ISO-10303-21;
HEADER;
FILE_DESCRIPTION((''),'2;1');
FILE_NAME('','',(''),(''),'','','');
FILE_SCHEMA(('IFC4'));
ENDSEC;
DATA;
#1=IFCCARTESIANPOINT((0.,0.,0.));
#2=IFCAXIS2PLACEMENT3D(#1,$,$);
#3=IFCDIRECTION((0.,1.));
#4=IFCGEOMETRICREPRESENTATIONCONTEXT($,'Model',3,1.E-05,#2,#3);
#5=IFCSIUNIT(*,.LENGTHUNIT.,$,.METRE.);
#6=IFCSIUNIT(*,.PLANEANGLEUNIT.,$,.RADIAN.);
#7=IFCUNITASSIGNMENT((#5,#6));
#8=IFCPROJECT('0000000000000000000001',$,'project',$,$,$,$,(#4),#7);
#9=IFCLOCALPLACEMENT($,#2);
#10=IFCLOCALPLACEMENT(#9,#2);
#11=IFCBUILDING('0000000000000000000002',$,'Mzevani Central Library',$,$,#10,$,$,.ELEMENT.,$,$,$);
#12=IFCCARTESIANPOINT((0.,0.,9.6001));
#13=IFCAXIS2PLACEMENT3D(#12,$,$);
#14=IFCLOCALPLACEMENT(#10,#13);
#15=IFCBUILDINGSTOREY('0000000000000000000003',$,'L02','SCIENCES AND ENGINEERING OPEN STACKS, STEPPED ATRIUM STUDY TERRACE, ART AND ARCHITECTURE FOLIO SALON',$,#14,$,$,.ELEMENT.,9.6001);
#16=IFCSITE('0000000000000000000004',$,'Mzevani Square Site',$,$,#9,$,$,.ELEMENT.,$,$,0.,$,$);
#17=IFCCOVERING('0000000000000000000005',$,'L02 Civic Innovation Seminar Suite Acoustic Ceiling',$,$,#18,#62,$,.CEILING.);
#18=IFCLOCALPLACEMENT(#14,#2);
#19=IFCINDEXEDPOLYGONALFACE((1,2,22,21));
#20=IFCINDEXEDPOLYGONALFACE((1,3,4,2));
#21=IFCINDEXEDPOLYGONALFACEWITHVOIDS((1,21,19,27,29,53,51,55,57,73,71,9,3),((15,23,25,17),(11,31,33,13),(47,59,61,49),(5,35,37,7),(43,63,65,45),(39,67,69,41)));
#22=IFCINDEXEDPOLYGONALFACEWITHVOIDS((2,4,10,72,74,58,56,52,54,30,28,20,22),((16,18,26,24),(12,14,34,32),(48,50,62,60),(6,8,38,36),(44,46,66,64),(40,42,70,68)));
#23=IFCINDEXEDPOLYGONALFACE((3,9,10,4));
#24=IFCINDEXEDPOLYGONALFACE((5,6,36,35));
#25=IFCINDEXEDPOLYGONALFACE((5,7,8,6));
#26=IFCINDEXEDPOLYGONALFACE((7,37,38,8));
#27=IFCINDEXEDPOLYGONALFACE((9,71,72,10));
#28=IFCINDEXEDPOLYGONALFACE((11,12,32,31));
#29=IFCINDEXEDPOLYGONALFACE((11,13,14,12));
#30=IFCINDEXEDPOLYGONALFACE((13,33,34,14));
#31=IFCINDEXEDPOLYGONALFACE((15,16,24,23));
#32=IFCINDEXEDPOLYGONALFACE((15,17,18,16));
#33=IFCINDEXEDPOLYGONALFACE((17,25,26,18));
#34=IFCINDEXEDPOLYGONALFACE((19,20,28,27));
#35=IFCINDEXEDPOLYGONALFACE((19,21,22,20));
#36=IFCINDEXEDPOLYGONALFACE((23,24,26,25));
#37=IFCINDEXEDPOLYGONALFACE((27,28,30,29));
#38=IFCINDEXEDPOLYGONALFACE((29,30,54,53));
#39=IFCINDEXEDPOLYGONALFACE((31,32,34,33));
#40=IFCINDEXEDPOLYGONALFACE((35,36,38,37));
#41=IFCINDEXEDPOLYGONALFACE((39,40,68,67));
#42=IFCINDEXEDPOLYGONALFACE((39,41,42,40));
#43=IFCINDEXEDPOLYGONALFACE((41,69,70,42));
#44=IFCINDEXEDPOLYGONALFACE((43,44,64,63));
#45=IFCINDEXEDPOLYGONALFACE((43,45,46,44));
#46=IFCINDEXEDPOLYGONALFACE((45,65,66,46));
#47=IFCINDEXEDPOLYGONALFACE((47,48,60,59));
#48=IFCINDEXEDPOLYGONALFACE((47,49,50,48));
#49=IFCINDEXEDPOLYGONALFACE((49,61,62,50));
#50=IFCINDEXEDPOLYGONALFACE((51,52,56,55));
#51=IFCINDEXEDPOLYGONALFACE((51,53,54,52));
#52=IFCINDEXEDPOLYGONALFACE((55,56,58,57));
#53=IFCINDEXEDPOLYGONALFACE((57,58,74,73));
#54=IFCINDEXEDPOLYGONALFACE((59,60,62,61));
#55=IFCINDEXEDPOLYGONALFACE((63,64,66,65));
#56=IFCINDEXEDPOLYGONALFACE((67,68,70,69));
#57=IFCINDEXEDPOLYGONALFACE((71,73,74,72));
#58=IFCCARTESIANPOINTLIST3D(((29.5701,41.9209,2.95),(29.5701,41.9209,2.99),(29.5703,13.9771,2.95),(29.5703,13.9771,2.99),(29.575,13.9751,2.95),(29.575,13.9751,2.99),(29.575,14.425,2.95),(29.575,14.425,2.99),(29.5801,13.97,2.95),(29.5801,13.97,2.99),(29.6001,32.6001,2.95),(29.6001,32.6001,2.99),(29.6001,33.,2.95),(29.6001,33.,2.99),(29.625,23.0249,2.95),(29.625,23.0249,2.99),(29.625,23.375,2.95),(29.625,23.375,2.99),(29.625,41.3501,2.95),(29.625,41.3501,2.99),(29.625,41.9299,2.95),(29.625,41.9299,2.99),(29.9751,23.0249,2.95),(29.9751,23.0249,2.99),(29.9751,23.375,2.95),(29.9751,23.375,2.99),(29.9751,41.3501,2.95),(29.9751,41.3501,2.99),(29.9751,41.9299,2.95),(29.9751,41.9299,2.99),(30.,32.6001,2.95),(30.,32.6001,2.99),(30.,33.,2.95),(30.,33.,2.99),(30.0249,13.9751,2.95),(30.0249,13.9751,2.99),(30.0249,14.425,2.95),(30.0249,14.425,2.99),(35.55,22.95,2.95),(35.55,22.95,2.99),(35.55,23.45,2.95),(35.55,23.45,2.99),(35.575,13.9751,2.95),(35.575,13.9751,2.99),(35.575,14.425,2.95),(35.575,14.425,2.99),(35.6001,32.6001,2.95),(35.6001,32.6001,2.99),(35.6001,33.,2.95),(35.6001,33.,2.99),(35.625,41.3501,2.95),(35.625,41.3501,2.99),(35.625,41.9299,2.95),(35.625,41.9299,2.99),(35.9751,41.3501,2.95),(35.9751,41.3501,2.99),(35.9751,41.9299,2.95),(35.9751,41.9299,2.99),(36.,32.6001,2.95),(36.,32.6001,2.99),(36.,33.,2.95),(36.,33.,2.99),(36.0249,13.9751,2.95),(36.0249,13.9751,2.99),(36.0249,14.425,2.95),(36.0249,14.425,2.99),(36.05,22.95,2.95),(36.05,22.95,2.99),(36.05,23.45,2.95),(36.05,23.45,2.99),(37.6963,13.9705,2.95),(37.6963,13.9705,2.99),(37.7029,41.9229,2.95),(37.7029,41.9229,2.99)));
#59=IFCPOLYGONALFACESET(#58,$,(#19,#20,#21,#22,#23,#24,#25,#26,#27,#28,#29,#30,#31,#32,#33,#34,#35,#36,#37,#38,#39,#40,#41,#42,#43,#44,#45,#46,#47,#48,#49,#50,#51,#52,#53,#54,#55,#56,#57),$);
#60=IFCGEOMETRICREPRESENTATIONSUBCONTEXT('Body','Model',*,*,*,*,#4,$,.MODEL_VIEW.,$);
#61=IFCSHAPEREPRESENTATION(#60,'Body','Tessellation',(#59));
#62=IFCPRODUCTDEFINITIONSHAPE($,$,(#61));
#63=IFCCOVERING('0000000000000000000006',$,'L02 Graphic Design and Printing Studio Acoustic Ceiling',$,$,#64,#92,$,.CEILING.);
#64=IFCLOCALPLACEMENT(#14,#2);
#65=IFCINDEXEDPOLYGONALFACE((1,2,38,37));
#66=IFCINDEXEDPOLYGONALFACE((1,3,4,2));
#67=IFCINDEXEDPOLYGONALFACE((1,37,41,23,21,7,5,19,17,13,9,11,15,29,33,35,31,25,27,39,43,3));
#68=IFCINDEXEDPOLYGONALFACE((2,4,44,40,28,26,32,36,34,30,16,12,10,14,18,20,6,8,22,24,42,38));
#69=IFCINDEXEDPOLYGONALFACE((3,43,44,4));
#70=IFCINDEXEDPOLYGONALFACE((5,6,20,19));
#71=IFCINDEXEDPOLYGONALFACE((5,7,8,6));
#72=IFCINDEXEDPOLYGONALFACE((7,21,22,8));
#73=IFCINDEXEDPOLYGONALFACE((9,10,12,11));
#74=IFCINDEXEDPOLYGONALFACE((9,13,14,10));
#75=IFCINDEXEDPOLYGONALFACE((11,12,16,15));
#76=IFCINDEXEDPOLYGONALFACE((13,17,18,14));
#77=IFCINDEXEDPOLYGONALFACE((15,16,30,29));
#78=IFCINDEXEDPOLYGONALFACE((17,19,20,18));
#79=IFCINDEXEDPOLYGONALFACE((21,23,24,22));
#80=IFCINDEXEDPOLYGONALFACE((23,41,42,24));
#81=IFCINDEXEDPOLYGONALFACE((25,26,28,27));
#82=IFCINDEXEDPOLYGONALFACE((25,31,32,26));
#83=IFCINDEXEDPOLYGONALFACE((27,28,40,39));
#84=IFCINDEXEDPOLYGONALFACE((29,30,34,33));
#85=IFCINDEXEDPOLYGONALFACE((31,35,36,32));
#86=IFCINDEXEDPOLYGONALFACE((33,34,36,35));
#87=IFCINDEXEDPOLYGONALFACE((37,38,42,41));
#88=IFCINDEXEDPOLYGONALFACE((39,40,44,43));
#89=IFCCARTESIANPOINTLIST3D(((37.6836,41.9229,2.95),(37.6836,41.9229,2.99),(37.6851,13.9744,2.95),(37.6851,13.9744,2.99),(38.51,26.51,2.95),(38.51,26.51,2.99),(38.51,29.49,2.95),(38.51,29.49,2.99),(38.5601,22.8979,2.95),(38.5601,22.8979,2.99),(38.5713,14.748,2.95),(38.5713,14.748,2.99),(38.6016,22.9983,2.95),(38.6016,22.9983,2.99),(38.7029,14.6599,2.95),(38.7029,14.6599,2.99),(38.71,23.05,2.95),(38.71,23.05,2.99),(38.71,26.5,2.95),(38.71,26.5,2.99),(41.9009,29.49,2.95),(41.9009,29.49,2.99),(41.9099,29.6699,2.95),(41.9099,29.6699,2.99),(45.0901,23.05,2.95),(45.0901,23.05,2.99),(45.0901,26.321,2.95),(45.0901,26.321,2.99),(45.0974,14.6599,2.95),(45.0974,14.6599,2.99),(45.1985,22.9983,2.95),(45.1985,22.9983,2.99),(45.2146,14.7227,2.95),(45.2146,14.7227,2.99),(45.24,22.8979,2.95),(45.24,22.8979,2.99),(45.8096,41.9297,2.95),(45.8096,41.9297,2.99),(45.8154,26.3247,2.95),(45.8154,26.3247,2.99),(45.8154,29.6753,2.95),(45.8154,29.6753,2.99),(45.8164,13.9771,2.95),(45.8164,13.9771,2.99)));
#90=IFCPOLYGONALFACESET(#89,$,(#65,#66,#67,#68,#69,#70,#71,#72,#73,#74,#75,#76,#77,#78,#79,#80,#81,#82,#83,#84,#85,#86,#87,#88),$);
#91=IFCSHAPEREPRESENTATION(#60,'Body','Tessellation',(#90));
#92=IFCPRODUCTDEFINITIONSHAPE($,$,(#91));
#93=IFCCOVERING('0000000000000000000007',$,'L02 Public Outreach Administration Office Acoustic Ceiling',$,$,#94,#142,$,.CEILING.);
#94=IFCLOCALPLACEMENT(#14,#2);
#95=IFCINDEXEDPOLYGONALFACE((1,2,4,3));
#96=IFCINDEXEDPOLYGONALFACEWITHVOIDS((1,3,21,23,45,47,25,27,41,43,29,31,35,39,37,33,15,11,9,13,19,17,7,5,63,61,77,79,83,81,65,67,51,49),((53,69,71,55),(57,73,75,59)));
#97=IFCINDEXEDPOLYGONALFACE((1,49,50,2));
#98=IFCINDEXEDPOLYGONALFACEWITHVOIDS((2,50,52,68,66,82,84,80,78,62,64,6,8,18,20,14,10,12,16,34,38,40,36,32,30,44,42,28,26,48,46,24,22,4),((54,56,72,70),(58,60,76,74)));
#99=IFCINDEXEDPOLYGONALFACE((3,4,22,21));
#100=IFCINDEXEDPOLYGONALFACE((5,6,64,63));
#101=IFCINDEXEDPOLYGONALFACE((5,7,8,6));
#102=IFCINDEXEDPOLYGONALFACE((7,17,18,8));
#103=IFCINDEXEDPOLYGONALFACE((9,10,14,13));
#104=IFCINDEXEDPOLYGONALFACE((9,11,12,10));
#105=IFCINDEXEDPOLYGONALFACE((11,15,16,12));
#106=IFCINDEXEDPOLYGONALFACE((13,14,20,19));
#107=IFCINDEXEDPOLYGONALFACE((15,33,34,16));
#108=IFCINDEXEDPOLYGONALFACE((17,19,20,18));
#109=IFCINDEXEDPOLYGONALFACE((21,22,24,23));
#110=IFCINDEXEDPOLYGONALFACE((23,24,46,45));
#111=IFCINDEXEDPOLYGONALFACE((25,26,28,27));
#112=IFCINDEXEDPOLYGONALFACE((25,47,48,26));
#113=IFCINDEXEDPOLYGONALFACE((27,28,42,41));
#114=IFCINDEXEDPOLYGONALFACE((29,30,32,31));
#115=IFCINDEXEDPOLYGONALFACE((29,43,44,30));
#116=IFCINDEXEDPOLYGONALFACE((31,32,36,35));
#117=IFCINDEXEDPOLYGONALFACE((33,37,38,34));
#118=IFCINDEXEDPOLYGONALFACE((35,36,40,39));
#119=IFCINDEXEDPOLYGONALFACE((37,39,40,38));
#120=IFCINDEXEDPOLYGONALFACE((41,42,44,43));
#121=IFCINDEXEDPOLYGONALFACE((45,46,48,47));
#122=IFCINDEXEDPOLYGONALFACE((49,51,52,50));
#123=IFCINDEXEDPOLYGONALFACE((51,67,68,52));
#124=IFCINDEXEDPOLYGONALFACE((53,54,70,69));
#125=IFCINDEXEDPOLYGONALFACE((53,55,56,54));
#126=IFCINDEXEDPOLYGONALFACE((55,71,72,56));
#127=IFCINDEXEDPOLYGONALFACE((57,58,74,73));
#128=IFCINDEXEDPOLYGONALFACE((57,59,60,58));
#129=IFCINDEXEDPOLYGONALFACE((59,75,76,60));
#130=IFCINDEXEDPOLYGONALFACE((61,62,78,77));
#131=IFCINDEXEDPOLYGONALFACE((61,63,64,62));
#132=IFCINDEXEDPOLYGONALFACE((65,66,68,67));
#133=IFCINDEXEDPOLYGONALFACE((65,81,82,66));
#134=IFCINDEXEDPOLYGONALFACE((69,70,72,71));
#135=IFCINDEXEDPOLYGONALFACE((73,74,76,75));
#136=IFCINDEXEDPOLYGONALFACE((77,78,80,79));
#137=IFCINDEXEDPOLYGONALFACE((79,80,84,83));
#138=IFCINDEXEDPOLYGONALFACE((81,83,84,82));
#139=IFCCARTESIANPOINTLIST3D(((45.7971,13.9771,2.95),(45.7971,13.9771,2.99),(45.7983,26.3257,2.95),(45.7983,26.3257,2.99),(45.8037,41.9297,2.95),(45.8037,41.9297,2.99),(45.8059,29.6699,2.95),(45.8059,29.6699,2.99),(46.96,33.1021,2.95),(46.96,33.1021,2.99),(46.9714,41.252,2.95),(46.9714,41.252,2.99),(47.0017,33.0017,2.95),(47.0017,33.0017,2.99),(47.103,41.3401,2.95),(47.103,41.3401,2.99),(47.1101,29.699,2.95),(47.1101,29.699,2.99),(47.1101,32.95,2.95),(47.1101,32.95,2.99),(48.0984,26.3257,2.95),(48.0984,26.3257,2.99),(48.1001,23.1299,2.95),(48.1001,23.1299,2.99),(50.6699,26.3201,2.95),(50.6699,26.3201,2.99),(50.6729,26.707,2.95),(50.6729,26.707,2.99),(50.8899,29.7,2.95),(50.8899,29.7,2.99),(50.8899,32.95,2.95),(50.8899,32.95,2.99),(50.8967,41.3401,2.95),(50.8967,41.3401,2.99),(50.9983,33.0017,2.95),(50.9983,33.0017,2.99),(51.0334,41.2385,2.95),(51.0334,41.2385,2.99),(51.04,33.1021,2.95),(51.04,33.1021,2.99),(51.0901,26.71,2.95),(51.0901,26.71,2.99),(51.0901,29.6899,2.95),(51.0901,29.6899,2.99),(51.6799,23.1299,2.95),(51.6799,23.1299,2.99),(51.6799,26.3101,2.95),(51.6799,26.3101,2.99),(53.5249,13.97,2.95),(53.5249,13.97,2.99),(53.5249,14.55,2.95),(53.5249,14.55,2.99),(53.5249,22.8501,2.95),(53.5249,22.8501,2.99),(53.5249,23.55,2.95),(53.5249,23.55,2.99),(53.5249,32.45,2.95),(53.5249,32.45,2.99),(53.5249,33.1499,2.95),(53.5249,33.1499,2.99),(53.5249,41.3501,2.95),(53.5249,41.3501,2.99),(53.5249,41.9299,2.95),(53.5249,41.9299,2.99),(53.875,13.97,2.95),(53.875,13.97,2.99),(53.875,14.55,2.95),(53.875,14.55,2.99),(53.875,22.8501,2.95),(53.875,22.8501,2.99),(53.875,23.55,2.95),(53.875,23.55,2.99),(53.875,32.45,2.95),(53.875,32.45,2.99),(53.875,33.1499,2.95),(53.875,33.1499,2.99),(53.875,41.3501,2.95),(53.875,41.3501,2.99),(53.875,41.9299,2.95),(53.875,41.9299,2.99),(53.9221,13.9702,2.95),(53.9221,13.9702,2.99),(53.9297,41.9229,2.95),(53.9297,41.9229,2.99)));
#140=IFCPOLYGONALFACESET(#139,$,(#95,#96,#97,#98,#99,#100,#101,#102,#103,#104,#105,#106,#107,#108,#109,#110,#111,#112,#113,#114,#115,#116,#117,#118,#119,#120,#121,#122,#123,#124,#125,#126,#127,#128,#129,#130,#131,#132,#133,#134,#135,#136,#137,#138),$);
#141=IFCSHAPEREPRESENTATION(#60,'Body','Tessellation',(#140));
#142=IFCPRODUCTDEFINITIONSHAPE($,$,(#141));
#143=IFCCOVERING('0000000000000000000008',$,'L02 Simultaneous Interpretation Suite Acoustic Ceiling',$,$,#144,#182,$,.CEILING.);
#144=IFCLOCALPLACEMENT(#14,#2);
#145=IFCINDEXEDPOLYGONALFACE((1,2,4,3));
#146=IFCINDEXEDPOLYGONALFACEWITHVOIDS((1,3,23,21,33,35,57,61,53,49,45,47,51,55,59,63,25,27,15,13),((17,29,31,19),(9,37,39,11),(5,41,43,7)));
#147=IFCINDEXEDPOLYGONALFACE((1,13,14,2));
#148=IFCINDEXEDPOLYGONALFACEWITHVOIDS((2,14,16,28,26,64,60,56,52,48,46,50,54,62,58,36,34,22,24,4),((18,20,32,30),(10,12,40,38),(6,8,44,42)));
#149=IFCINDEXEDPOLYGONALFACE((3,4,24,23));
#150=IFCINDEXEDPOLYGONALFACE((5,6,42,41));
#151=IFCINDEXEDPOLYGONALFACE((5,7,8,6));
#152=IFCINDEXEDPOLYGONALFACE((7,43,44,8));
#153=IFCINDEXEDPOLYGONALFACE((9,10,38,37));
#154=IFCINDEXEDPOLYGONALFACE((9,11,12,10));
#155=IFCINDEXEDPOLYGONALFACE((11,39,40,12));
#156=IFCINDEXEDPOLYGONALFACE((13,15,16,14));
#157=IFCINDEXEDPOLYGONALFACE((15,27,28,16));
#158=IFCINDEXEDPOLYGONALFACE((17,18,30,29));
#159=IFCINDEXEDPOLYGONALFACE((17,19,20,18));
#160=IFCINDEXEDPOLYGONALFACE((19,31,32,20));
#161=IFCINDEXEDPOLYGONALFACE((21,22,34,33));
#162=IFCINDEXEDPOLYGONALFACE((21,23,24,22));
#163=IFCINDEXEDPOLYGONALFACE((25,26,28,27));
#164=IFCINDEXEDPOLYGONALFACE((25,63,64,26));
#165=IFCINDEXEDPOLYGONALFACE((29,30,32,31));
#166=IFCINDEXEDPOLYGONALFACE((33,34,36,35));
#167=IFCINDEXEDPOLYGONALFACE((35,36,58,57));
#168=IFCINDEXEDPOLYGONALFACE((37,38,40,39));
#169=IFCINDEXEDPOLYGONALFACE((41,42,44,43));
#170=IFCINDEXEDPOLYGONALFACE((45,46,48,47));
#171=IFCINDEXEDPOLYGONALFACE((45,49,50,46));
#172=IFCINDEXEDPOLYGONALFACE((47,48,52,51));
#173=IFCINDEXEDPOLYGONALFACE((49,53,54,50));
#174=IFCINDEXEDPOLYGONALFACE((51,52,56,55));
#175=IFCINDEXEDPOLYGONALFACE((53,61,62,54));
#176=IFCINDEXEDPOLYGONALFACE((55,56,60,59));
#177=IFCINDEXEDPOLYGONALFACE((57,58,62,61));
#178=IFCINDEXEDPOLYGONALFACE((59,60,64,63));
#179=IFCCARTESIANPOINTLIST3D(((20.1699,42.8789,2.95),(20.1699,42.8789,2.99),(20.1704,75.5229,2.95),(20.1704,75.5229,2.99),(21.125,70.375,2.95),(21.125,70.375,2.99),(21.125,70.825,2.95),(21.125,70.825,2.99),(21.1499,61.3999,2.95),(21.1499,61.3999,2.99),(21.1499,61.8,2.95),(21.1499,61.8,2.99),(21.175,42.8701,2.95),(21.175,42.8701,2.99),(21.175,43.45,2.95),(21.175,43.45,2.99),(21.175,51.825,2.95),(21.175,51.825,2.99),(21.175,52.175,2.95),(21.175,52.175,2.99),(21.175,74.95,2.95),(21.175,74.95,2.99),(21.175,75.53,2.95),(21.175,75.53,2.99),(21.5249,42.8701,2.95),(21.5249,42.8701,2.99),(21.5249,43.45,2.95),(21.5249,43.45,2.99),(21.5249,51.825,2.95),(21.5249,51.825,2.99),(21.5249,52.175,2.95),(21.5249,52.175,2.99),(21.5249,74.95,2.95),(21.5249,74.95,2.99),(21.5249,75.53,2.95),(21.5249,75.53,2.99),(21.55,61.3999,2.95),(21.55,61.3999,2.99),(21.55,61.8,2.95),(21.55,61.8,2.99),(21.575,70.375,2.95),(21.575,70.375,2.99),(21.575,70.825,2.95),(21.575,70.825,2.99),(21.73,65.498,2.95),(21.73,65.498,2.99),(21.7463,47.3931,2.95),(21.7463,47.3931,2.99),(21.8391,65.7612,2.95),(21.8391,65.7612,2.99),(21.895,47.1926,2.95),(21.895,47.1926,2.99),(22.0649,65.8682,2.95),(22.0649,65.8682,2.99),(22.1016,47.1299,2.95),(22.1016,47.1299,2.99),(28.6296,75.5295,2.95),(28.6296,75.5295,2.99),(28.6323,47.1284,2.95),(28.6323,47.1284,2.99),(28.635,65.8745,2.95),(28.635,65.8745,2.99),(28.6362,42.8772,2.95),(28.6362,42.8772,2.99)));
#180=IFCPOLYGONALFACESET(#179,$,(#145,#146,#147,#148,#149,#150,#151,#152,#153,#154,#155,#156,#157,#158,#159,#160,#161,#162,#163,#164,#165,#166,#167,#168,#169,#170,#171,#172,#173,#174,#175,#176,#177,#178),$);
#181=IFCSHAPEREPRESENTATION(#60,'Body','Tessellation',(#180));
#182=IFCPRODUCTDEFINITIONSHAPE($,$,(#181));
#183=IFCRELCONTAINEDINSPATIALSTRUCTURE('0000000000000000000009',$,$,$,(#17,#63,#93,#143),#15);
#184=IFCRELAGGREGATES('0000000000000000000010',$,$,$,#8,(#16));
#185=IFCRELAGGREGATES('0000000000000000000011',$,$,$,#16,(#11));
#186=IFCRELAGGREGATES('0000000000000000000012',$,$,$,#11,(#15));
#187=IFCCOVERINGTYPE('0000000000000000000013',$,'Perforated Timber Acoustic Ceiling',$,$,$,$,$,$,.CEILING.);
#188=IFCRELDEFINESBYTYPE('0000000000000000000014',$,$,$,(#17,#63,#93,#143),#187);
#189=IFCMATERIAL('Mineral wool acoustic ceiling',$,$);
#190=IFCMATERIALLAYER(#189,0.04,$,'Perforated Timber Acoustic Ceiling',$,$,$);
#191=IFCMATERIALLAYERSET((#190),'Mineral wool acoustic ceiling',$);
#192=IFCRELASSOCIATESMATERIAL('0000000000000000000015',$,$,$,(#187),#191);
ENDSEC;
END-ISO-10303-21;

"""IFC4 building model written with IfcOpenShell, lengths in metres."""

from ifc_helpers import new_model, si_unit, direction, frame, origin, place, context, subcontext, project, spatial, polyline, outline, extrude, material, layer, layer_set, type_object, element, save


model = new_model("IFC4")

# Units and contexts
model_context = context("Model", 3, precision=1e-05, world=origin(), true_north=direction((0.0, 1.0)))
body_context = subcontext(model_context, "Body", "Model", "MODEL_VIEW")
ifc_project = project(units=[si_unit("LENGTHUNIT", "METRE"), si_unit("PLANEANGLEUNIT", "RADIAN")], contexts=[model_context])

# Site, building, storey
site_placement = place(None, origin())
site = spatial("IfcSite", under=ifc_project, at=site_placement, Name="Mzevani Square Site", CompositionType="ELEMENT", RefElevation=0.0)
building_placement = place(site_placement, origin())
building = spatial("IfcBuilding", under=site, at=building_placement, Name="Mzevani Central Library", CompositionType="ELEMENT")
storey_placement = place(building_placement, frame((0.0, 0.0, 9.6001)))
storey = spatial("IfcBuildingStorey", under=building, at=storey_placement, Name="L02", Description="SCIENCES AND ENGINEERING OPEN STACKS, STEPPED ATRIUM STUDY TERRACE, ART AND ARCHITECTURE FOLIO SALON", CompositionType="ELEMENT", Elevation=9.6001)

# Coverings
ifc_material_1 = material(Name="Mineral wool acoustic ceiling")
ifc_layer_1 = layer(ifc_material_1, 0.04, Name="Perforated Timber Acoustic Ceiling")
ifc_layer_set_1 = layer_set([ifc_layer_1], Name="Mineral wool acoustic ceiling")
covering_type_1 = type_object("IfcCoveringType", Name="Perforated Timber Acoustic Ceiling", PredefinedType="CEILING", material=ifc_layer_set_1)
covering_1_placement = place(storey_placement, frame((0.0, 0.0, 2.95)))
element("IfcCovering", 1, at=covering_1_placement, inside=storey, type_object=covering_type_1, Name="L02 Civic Innovation Seminar Suite Acoustic Ceiling", PredefinedType="CEILING", context=body_context, shape_type="SweptSolid", body=[
    extrude(outline(polyline([(29.5701, 41.9209), (29.625, 41.9299), (29.625, 41.3501), (29.9751, 41.3501), (29.9751, 41.9299), (35.625, 41.9299), (35.625, 41.3501), (35.9751, 41.3501), (35.9751, 41.9299), (37.7029, 41.9229), (37.6963, 13.9705), (29.5801, 13.97), (29.5703, 13.9771), (29.5701, 41.9209)]), holes=[polyline([(30.0249, 13.9751), (30.0249, 14.425), (29.575, 14.425), (29.575, 13.9751), (30.0249, 13.9751)]), polyline([(29.625, 23.0249), (29.9751, 23.0249), (29.9751, 23.375), (29.625, 23.375), (29.625, 23.0249)]), polyline([(29.6001, 33.0), (29.6001, 32.6001), (30.0, 32.6001), (30.0, 33.0), (29.6001, 33.0)]), polyline([(36.0249, 13.9751), (36.0249, 14.425), (35.575, 14.425), (35.575, 13.9751), (36.0249, 13.9751)]), polyline([(35.55, 22.95), (36.05, 22.95), (36.05, 23.45), (35.55, 23.45), (35.55, 22.95)]), polyline([(35.6001, 33.0), (35.6001, 32.6001), (36.0, 32.6001), (36.0, 33.0), (35.6001, 33.0)])]), origin(), (0.0, 0.0, 1.0), 0.04),
])
covering_2_placement = place(storey_placement, frame((0.0, 0.0, 2.95)))
element("IfcCovering", 2, at=covering_2_placement, inside=storey, type_object=covering_type_1, Name="L02 Graphic Design and Printing Studio Acoustic Ceiling", PredefinedType="CEILING", context=body_context, shape_type="SweptSolid", body=[
    extrude(outline(polyline([(37.6851, 13.9744), (37.6836, 41.9229), (45.8096, 41.9297), (45.8154, 29.6753), (41.9099, 29.6699), (41.9009, 29.49), (38.51, 29.49), (38.51, 26.51), (38.71, 26.5), (38.71, 23.05), (38.6016, 22.9983), (38.5601, 22.8979), (38.5713, 14.748), (38.7029, 14.6599), (45.0974, 14.6599), (45.2146, 14.7227), (45.24, 22.8979), (45.1985, 22.9983), (45.0901, 23.05), (45.0901, 26.321), (45.8154, 26.3247), (45.8164, 13.9771), (37.6851, 13.9744)])), origin(), (0.0, 0.0, 1.0), 0.04),
])
covering_3_placement = place(storey_placement, frame((0.0, 0.0, 2.95)))
element("IfcCovering", 3, at=covering_3_placement, inside=storey, type_object=covering_type_1, Name="L02 Public Outreach Administration Office Acoustic Ceiling", PredefinedType="CEILING", context=body_context, shape_type="SweptSolid", body=[
    extrude(outline(polyline([(53.9221, 13.9702), (53.875, 13.97), (53.875, 14.55), (53.5249, 14.55), (53.5249, 13.97), (45.7971, 13.9771), (45.7983, 26.3257), (48.0984, 26.3257), (48.1001, 23.1299), (51.6799, 23.1299), (51.6799, 26.3101), (50.6699, 26.3201), (50.6729, 26.707), (51.0901, 26.71), (51.0901, 29.6899), (50.8899, 29.7), (50.8899, 32.95), (50.9983, 33.0017), (51.04, 33.1021), (51.0334, 41.2385), (50.8967, 41.3401), (47.103, 41.3401), (46.9714, 41.252), (46.96, 33.1021), (47.0017, 33.0017), (47.1101, 32.95), (47.1101, 29.699), (45.8059, 29.6699), (45.8037, 41.9297), (53.5249, 41.9299), (53.5249, 41.3501), (53.875, 41.3501), (53.875, 41.9299), (53.9297, 41.9229), (53.9221, 13.9702)]), holes=[polyline([(53.5249, 22.8501), (53.875, 22.8501), (53.875, 23.55), (53.5249, 23.55), (53.5249, 22.8501)]), polyline([(53.5249, 33.1499), (53.5249, 32.45), (53.875, 32.45), (53.875, 33.1499), (53.5249, 33.1499)])]), origin(), (0.0, 0.0, 1.0), 0.04),
])
covering_4_placement = place(storey_placement, frame((0.0, 0.0, 2.95)))
element("IfcCovering", 4, at=covering_4_placement, inside=storey, type_object=covering_type_1, Name="L02 Simultaneous Interpretation Suite Acoustic Ceiling", PredefinedType="CEILING", context=body_context, shape_type="SweptSolid", body=[
    extrude(outline(polyline([(20.1699, 42.8789), (20.1704, 75.5229), (21.175, 75.53), (21.175, 74.95), (21.5249, 74.95), (21.5249, 75.53), (28.6296, 75.5295), (28.635, 65.8745), (22.0649, 65.8682), (21.8391, 65.7612), (21.73, 65.498), (21.7463, 47.3931), (21.895, 47.1926), (22.1016, 47.1299), (28.6323, 47.1284), (28.6362, 42.8772), (21.5249, 42.8701), (21.5249, 43.45), (21.175, 43.45), (21.175, 42.8701), (20.1699, 42.8789)]), holes=[polyline([(21.5249, 51.825), (21.5249, 52.175), (21.175, 52.175), (21.175, 51.825), (21.5249, 51.825)]), polyline([(21.1499, 61.3999), (21.55, 61.3999), (21.55, 61.8), (21.1499, 61.8), (21.1499, 61.3999)]), polyline([(21.125, 70.825), (21.125, 70.375), (21.575, 70.375), (21.575, 70.825), (21.125, 70.825)])]), origin(), (0.0, 0.0, 1.0), 0.04),
])

save(model, "model.ifc")
